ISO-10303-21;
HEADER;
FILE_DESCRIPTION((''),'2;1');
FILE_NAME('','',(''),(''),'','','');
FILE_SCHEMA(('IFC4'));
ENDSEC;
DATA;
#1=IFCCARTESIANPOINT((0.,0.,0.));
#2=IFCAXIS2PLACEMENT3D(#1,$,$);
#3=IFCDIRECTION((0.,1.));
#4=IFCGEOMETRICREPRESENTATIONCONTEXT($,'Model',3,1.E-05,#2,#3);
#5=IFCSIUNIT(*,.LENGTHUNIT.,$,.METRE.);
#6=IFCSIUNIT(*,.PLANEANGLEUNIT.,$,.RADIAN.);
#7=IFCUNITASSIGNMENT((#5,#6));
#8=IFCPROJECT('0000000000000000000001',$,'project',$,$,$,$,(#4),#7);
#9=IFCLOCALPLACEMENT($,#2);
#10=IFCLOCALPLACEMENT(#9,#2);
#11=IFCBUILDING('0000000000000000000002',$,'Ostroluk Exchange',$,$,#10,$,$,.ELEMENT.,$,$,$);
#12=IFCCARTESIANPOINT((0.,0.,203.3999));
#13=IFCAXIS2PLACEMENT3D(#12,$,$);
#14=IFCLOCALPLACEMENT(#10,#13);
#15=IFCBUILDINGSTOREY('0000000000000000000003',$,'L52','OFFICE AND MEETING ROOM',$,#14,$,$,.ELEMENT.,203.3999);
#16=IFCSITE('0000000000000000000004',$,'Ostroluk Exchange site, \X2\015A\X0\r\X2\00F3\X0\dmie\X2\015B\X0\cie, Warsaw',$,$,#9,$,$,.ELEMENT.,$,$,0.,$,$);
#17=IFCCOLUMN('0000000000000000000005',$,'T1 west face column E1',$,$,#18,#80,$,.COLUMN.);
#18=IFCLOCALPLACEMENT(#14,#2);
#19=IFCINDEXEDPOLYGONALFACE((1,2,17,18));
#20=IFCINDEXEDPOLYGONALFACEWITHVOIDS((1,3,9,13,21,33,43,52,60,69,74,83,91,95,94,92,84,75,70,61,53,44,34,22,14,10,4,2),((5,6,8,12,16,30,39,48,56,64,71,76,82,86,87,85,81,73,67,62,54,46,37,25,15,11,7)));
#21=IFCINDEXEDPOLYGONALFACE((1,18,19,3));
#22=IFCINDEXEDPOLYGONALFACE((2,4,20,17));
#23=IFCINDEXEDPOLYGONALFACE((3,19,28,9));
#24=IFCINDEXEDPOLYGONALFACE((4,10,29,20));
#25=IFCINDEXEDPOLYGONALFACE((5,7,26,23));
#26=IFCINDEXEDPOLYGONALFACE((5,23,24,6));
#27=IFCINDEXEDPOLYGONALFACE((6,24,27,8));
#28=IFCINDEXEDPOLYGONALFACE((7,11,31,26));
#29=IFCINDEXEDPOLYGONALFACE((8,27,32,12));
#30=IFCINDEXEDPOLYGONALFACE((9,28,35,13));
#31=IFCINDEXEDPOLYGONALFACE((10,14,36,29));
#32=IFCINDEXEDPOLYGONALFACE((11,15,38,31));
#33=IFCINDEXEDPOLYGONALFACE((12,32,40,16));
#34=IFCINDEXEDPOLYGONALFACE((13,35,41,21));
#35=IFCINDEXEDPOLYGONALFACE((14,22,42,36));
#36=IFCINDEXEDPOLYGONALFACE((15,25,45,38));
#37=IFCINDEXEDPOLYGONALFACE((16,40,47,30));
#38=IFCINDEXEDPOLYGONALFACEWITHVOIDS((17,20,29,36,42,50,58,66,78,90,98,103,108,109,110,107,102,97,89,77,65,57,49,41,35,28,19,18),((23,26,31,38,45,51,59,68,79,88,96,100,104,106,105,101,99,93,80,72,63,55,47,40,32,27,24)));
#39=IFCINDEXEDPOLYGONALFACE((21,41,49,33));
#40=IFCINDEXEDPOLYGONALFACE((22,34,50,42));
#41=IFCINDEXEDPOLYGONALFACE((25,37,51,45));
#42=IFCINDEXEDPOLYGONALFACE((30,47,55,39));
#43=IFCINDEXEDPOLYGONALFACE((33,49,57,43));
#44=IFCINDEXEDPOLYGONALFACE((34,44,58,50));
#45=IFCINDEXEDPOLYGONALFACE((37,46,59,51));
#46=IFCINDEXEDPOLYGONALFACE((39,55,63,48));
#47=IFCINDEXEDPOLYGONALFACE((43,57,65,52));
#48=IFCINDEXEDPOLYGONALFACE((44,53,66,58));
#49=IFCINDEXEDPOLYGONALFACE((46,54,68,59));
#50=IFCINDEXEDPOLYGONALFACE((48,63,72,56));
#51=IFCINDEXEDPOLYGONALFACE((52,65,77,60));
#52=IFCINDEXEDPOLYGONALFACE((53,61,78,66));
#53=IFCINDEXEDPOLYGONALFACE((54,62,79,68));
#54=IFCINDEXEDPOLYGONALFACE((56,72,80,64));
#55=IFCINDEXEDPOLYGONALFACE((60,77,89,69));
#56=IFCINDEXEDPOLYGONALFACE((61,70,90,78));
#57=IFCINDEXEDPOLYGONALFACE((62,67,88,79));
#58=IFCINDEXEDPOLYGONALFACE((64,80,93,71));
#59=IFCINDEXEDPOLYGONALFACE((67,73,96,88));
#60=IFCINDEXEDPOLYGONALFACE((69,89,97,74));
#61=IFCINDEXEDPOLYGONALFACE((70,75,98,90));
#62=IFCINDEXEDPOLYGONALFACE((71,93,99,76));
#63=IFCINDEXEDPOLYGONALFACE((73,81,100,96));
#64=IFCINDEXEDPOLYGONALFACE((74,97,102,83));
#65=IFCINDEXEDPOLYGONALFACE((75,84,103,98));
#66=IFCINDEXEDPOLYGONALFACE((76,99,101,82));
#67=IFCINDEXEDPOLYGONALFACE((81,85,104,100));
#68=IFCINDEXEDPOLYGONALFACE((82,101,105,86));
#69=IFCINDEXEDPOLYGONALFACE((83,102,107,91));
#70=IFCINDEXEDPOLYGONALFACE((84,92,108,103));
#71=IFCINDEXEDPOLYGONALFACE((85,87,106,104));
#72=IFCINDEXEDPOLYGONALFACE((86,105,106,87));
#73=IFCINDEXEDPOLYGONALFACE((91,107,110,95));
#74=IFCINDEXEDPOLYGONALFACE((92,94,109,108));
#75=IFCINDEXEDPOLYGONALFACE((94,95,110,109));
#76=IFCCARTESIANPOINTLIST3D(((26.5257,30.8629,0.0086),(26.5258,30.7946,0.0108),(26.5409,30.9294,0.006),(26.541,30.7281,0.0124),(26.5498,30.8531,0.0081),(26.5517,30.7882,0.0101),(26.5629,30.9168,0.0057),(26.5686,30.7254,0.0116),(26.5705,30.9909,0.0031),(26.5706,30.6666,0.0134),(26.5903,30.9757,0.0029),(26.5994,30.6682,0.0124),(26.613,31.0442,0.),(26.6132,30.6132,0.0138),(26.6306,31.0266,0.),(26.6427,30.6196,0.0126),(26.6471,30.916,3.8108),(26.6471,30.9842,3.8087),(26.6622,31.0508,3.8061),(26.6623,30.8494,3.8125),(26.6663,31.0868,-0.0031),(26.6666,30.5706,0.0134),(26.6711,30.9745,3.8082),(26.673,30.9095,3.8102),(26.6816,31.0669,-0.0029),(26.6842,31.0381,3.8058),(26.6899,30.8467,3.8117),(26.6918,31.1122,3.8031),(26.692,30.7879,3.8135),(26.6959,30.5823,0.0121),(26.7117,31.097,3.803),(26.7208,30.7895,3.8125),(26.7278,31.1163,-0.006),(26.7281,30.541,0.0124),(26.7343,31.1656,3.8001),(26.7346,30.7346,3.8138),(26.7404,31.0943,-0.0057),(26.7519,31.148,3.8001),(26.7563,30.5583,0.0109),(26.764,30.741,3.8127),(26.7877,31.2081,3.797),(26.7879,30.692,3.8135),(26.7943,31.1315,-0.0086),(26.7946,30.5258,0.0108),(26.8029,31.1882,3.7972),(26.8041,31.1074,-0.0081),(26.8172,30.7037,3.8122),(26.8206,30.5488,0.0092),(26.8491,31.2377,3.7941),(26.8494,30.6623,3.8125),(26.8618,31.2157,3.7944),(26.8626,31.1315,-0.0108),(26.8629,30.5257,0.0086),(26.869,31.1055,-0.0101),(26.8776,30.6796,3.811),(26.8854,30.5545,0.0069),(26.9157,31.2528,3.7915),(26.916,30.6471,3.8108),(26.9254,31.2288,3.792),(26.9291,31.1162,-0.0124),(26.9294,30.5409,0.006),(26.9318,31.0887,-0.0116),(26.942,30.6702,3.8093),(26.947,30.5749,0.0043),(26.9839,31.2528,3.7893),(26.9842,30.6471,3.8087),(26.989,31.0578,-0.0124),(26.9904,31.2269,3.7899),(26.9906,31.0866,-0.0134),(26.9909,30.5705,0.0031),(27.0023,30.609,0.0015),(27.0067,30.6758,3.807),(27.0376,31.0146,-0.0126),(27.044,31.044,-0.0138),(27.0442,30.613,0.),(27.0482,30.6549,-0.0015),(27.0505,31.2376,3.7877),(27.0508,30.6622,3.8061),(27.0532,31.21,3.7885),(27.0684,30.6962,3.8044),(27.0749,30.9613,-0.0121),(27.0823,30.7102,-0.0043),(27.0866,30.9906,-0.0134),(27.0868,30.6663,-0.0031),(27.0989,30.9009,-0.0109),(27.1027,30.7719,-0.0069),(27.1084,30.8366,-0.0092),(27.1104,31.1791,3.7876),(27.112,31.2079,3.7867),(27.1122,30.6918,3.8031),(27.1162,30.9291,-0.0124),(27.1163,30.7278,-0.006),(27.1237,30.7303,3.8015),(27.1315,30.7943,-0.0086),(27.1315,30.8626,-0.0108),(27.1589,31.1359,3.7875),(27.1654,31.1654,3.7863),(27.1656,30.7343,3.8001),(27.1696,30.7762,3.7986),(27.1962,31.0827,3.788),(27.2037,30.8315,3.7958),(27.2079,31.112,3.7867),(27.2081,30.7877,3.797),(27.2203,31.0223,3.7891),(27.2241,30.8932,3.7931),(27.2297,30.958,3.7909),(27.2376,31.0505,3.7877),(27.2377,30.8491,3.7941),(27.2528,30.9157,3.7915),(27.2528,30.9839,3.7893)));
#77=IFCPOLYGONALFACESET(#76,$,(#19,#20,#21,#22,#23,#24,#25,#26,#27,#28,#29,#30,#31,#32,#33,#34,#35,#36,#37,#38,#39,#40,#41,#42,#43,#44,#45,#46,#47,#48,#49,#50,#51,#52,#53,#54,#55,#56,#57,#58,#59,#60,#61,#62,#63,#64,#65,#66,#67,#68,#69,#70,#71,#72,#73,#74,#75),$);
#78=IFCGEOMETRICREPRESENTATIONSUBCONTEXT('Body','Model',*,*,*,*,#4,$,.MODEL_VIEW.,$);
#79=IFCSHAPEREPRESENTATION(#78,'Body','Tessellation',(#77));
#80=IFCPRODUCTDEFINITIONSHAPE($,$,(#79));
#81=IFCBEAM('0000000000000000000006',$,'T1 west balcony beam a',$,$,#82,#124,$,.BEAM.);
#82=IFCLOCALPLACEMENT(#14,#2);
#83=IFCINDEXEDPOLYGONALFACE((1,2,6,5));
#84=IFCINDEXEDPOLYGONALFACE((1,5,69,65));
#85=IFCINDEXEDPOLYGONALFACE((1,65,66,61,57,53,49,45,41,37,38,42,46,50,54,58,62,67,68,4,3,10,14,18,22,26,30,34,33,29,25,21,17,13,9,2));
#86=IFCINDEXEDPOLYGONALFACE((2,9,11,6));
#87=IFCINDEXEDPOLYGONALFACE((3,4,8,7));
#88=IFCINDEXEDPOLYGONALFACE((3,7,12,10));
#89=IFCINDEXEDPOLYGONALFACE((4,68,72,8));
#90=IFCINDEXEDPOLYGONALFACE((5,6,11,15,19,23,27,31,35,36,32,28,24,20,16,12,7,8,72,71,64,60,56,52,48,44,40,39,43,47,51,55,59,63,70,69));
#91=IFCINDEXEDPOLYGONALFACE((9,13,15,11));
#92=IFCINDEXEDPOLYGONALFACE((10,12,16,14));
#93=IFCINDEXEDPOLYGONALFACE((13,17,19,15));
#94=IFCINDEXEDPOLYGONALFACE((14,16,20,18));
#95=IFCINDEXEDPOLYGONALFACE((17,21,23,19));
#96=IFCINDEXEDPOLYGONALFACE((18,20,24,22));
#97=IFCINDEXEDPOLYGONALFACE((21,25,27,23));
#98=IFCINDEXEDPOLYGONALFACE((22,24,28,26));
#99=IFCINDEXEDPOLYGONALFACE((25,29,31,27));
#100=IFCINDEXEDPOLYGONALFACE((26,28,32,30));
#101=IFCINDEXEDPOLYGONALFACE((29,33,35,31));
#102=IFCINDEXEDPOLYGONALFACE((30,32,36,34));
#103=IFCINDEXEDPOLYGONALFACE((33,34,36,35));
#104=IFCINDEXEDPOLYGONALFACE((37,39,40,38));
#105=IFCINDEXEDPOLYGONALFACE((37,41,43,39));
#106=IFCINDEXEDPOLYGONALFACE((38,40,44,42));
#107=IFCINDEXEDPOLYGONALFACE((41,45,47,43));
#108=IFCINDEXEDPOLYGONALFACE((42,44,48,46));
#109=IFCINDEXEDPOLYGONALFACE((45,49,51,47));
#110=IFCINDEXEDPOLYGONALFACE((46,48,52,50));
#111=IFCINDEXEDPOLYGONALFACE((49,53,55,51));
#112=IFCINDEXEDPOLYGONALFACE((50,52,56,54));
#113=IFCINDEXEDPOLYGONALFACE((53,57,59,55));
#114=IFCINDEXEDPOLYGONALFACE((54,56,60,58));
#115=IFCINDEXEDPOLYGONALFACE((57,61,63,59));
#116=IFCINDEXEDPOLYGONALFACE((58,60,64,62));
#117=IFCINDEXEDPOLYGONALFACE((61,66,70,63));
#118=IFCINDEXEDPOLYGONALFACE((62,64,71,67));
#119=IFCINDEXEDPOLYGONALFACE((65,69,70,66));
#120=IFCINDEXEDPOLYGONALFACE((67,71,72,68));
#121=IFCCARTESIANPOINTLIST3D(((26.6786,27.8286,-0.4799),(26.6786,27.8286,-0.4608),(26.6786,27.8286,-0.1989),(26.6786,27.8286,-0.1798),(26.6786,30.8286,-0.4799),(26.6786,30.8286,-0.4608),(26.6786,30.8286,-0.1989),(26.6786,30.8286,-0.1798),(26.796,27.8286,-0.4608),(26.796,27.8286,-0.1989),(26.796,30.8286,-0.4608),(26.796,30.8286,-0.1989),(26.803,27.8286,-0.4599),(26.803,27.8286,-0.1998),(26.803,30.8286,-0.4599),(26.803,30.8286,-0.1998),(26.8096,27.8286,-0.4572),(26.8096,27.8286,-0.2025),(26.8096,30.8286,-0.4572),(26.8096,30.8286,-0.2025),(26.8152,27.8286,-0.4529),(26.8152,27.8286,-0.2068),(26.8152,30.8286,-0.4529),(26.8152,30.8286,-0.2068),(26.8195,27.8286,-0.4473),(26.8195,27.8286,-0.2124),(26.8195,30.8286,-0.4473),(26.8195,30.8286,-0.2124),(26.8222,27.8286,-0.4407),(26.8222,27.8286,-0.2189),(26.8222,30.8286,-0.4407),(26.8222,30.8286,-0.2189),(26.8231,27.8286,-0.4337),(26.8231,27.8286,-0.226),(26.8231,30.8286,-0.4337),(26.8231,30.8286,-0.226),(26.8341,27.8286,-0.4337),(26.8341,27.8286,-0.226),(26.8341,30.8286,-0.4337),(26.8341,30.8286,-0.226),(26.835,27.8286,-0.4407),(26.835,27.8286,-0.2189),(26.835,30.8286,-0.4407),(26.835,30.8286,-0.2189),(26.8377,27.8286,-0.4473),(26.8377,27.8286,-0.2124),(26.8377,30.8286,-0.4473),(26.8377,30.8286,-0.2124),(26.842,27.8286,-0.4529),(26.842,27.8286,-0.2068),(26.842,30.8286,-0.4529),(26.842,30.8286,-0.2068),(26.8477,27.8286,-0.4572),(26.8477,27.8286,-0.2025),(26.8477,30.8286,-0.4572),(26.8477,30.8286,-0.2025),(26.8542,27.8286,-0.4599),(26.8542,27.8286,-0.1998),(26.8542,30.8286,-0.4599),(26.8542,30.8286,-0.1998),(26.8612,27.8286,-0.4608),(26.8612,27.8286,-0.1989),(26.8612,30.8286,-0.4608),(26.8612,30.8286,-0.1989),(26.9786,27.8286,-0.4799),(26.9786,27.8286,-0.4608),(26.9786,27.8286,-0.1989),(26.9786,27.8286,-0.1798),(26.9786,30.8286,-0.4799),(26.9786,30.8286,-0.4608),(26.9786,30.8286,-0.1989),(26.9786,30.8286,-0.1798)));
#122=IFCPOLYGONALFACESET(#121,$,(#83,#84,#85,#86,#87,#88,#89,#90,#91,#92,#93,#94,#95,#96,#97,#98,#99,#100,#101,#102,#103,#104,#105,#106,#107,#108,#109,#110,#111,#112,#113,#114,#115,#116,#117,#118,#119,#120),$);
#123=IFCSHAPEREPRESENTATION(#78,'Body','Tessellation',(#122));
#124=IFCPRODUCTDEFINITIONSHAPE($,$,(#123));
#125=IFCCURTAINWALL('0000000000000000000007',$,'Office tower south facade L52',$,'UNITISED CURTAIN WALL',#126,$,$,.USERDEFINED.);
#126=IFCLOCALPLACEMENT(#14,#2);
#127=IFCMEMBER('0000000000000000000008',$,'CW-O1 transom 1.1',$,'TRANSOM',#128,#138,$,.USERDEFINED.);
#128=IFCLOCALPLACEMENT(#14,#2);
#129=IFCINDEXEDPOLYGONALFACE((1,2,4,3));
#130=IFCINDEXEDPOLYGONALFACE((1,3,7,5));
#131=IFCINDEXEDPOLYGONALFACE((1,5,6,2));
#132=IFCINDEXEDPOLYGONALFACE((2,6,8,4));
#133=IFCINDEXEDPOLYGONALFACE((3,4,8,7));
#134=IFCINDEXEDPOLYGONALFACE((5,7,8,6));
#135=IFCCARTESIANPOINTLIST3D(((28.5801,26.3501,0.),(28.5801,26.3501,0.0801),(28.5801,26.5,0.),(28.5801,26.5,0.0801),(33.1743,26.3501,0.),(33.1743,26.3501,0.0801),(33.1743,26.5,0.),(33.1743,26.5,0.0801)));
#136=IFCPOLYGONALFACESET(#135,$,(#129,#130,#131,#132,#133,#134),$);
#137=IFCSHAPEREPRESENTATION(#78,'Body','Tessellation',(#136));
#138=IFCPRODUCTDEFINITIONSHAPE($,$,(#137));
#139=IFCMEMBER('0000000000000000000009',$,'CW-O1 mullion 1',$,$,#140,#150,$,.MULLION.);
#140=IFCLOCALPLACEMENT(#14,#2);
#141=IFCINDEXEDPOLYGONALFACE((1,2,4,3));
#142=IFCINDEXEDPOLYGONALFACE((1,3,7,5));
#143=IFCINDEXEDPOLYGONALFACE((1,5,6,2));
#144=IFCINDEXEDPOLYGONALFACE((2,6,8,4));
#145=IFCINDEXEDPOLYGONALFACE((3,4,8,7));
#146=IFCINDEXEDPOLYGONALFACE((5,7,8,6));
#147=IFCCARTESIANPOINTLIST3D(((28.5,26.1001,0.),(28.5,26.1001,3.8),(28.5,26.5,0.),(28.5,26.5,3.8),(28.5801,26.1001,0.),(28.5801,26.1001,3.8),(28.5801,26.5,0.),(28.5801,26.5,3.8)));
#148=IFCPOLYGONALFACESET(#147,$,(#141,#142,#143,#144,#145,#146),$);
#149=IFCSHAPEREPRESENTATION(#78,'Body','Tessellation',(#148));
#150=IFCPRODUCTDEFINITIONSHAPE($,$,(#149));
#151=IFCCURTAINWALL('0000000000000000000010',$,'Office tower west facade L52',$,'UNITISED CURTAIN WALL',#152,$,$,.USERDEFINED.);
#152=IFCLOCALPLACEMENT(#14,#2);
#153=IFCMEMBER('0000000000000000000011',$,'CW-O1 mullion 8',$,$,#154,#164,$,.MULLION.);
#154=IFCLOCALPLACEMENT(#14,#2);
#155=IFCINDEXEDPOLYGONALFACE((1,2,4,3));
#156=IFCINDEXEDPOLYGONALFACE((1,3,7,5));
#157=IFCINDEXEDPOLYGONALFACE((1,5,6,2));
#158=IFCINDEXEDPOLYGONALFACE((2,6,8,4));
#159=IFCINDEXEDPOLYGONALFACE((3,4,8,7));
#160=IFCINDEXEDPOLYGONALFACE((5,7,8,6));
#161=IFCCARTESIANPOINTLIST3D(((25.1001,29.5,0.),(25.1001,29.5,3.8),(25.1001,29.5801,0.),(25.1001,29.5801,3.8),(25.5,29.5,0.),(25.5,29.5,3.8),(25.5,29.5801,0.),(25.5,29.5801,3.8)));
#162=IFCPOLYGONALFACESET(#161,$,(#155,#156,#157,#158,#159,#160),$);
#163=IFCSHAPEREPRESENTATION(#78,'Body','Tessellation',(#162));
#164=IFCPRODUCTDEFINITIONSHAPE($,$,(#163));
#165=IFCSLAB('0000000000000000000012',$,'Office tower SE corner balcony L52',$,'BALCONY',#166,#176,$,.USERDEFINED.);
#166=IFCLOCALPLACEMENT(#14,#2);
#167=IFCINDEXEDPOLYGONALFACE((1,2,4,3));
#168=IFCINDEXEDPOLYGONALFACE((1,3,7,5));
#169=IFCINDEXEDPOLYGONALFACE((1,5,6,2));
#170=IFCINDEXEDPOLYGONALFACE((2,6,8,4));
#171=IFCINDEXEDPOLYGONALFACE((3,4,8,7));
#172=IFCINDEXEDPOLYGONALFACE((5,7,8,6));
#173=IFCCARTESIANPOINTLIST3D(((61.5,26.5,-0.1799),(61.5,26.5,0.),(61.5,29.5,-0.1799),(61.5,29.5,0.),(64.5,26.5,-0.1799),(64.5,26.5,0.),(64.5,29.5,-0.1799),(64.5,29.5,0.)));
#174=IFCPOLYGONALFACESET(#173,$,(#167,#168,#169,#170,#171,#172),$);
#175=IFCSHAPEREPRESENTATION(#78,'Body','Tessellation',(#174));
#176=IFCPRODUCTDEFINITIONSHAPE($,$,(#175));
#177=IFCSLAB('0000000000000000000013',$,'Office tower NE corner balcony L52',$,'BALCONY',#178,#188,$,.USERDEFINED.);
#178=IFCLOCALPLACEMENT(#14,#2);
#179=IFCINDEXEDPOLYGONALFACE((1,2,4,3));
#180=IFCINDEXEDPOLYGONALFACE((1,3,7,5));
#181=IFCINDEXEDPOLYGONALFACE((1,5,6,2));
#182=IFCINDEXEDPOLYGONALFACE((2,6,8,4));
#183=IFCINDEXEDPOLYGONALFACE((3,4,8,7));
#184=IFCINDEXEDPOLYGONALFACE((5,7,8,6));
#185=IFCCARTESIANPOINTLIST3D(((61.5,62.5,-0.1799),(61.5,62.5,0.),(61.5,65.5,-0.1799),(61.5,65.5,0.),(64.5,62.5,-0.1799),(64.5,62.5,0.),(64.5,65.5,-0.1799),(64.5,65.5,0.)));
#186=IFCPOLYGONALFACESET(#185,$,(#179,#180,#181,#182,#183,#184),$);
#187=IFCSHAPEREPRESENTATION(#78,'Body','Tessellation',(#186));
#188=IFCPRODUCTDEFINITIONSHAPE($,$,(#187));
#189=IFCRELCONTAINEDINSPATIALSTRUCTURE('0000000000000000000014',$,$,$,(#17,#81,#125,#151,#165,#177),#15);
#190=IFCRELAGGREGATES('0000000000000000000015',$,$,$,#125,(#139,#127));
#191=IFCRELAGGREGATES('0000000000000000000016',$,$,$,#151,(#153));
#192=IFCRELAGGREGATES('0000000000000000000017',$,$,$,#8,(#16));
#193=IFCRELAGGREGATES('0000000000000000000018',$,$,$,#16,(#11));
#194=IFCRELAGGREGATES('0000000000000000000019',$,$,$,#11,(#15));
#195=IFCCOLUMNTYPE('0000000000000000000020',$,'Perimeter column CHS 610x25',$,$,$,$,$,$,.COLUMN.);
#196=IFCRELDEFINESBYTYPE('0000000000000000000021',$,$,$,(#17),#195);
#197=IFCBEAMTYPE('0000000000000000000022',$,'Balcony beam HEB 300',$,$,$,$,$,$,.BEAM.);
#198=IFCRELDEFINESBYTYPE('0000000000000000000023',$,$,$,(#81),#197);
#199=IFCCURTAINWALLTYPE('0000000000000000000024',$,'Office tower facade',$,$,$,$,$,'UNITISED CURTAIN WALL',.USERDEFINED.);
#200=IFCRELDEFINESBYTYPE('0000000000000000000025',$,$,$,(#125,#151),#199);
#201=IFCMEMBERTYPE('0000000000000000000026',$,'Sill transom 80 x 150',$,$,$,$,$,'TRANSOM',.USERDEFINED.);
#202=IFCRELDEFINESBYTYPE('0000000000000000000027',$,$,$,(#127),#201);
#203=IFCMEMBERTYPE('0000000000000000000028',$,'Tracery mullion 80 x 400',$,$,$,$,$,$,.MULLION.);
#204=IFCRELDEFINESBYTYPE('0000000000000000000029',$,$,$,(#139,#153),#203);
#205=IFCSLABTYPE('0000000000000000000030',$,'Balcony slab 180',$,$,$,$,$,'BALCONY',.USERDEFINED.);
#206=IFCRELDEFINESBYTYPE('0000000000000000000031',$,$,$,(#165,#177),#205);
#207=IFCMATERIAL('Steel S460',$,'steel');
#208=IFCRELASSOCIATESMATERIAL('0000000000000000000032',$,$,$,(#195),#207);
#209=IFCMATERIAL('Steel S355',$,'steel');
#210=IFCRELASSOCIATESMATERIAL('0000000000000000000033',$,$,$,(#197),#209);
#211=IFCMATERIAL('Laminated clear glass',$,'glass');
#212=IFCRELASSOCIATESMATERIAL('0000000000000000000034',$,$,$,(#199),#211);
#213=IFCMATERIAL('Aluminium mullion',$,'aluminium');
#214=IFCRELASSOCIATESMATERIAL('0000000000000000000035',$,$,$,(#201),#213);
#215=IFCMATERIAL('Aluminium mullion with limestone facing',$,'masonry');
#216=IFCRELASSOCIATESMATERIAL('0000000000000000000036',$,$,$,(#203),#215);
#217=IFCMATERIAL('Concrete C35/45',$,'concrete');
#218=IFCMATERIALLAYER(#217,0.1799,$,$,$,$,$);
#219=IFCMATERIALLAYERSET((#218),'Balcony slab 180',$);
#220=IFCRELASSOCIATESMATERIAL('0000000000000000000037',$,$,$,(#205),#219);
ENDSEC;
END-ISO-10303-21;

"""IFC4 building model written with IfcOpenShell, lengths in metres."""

from ifc_helpers import new_model, si_unit, direction, frame, origin, origin_2d, place, context, subcontext, project, spatial, polyline, rectangle, hollow_circle, i_section, outline, extrude, material, layer, layer_set, material_profile, profile_set, type_object, element, aggregate, save


model = new_model("IFC4")

# Units and contexts
model_context = context("Model", 3, precision=1e-05, world=origin(), true_north=direction((0.0, 1.0)))
body_context = subcontext(model_context, "Body", "Model", "MODEL_VIEW")
ifc_project = project(units=[si_unit("LENGTHUNIT", "METRE"), si_unit("PLANEANGLEUNIT", "RADIAN")], contexts=[model_context])

# Site, building, storey
site_placement = place(None, origin())
site = spatial("IfcSite", under=ifc_project, at=site_placement, Name="Ostroluk Exchange site, Śródmieście, Warsaw", CompositionType="ELEMENT", RefElevation=0.0)
building_placement = place(site_placement, origin())
building = spatial("IfcBuilding", under=site, at=building_placement, Name="Ostroluk Exchange", CompositionType="ELEMENT")
storey_placement = place(building_placement, frame((0.0, 0.0, 203.3999)))
storey = spatial("IfcBuildingStorey", under=building, at=storey_placement, Name="L52", Description="OFFICE AND MEETING ROOM", CompositionType="ELEMENT", Elevation=203.3999)

# Column
ifc_material_1 = material(Name="Steel S460", Category="steel")
ifc_material_profile_1 = material_profile(ifc_material_1, hollow_circle(Radius=0.3049, WallThickness=0.0249, at=origin_2d()), Name="CHS 610x25")
ifc_profile_set_1 = profile_set([ifc_material_profile_1], Name="Steel S460")
column_type = type_object("IfcColumnType", Name="Perimeter column CHS 610x25", PredefinedType="COLUMN", material=ifc_profile_set_1)
column_placement = place(storey_placement, frame((26.8286, 30.8286, 0.0), z_axis=(0.031898, 0.031898, 0.998982), x_axis=(-0.707107, 0.707107, 0.0)))
element("IfcColumn", 1, at=column_placement, inside=storey, type_object=column_type, Name="T1 west face column E1", PredefinedType="COLUMN", context=body_context, shape_type="SweptSolid", body=[
    extrude(hollow_circle(Radius=0.3049, WallThickness=0.0249, at=origin_2d()), origin(), (0.0, 0.0, 1.0), 3.804),
])

# Beam
ifc_material_2 = material(Name="Steel S355", Category="steel")
ifc_material_profile_2 = material_profile(ifc_material_2, i_section(OverallWidth=0.3, OverallDepth=0.3, WebThickness=0.011, FlangeThickness=0.019, FilletRadius=0.0271, at=origin_2d()), Name="HEB 300")
ifc_profile_set_2 = profile_set([ifc_material_profile_2], Name="Steel S355")
beam_type = type_object("IfcBeamType", Name="Balcony beam HEB 300", PredefinedType="BEAM", material=ifc_profile_set_2)
beam_placement = place(storey_placement, frame((26.8286, 30.8286, -0.3298), z_axis=(0.0, -1.0, 0.0), x_axis=(1.0, 0.0, 0.0)))
element("IfcBeam", 2, at=beam_placement, inside=storey, type_object=beam_type, Name="T1 west balcony beam a", PredefinedType="BEAM", context=body_context, shape_type="SweptSolid", body=[
    extrude(i_section(OverallWidth=0.3, OverallDepth=0.3, WebThickness=0.011, FlangeThickness=0.019, FilletRadius=0.0271, at=origin_2d()), origin(), (0.0, 0.0, 1.0), 3.0),
])

# Curtain wall, members
ifc_material_3 = material(Name="Laminated clear glass", Category="glass")
curtain_wall_type = type_object("IfcCurtainWallType", Name="Office tower facade", ElementType="UNITISED CURTAIN WALL", PredefinedType="USERDEFINED", material=ifc_material_3)
curtain_wall_1_placement = place(storey_placement, origin())
curtain_wall_1 = element("IfcCurtainWall", 3, at=curtain_wall_1_placement, inside=storey, type_object=curtain_wall_type, Name="Office tower south facade L52", ObjectType="UNITISED CURTAIN WALL", PredefinedType="USERDEFINED")
ifc_material_4 = material(Name="Aluminium mullion", Category="aluminium")
ifc_material_profile_3 = material_profile(ifc_material_4, rectangle(XDim=0.1499, YDim=0.0801, at=origin_2d()), Name="Sill transom 80 x 150")
ifc_profile_set_3 = profile_set([ifc_material_profile_3], Name="Aluminium mullion")
member_type_1 = type_object("IfcMemberType", Name="Sill transom 80 x 150", ElementType="TRANSOM", PredefinedType="USERDEFINED", material=ifc_profile_set_3)
member_1_placement = place(storey_placement, frame((28.5801, 26.425, 0.04), z_axis=(1.0, 0.0, 0.0), x_axis=(0.0, 1.0, 0.0)))
member_1 = element("IfcMember", 4, at=member_1_placement, type_object=member_type_1, Name="CW-O1 transom 1.1", ObjectType="TRANSOM", PredefinedType="USERDEFINED", context=body_context, shape_type="SweptSolid", body=[
    extrude(rectangle(XDim=0.1499, YDim=0.0801, at=origin_2d()), origin(), (0.0, 0.0, 1.0), 4.5942),
])
ifc_material_5 = material(Name="Aluminium mullion with limestone facing", Category="masonry")
ifc_material_profile_4 = material_profile(ifc_material_5, rectangle(XDim=0.3999, YDim=0.0801, at=origin_2d()), Name="Tracery mullion 80 x 400")
ifc_profile_set_4 = profile_set([ifc_material_profile_4], Name="Aluminium mullion with limestone facing")
member_type_2 = type_object("IfcMemberType", Name="Tracery mullion 80 x 400", PredefinedType="MULLION", material=ifc_profile_set_4)
member_2_placement = place(storey_placement, frame((28.54, 26.3, 0.0), z_axis=(0.0, 0.0, 1.0), x_axis=(0.0, 1.0, 0.0)))
member_2 = element("IfcMember", 5, at=member_2_placement, type_object=member_type_2, Name="CW-O1 mullion 1", PredefinedType="MULLION", context=body_context, shape_type="SweptSolid", body=[
    extrude(rectangle(XDim=0.3999, YDim=0.0801, at=origin_2d()), origin(), (0.0, 0.0, 1.0), 3.8),
])
aggregate(curtain_wall_1, [member_2, member_1])

# Curtain wall, member
curtain_wall_2_placement = place(storey_placement, origin())
curtain_wall_2 = element("IfcCurtainWall", 6, at=curtain_wall_2_placement, inside=storey, type_object=curtain_wall_type, Name="Office tower west facade L52", ObjectType="UNITISED CURTAIN WALL", PredefinedType="USERDEFINED")
member_3_placement = place(storey_placement, frame((25.3, 29.54, 0.0), z_axis=(0.0, 0.0, 1.0), x_axis=(1.0, 0.0, 0.0)))
member_3 = element("IfcMember", 7, at=member_3_placement, type_object=member_type_2, Name="CW-O1 mullion 8", PredefinedType="MULLION", context=body_context, shape_type="SweptSolid", body=[
    extrude(rectangle(XDim=0.3999, YDim=0.0801, at=origin_2d()), origin(), (0.0, 0.0, 1.0), 3.8),
])

# Slabs
ifc_material_6 = material(Name="Concrete C35/45", Category="concrete")
ifc_layer_1 = layer(ifc_material_6, 0.1799)
ifc_layer_set_1 = layer_set([ifc_layer_1], Name="Balcony slab 180")
slab_type_1 = type_object("IfcSlabType", Name="Balcony slab 180", ElementType="BALCONY", PredefinedType="USERDEFINED", material=ifc_layer_set_1)
slab_1_placement = place(storey_placement, frame((0.0, 0.0, -0.1799)))
element("IfcSlab", 8, at=slab_1_placement, inside=storey, type_object=slab_type_1, Name="Office tower SE corner balcony L52", ObjectType="BALCONY", PredefinedType="USERDEFINED", context=body_context, shape_type="SweptSolid", body=[
    extrude(outline(polyline([(61.5, 26.5), (64.5, 26.5), (64.5, 29.5), (61.5, 29.5), (61.5, 26.5)])), origin(), (0.0, 0.0, 1.0), 0.1799),
])
slab_2_placement = place(storey_placement, frame((0.0, 0.0, -0.1799)))
element("IfcSlab", 9, at=slab_2_placement, inside=storey, type_object=slab_type_1, Name="Office tower NE corner balcony L52", ObjectType="BALCONY", PredefinedType="USERDEFINED", context=body_context, shape_type="SweptSolid", body=[
    extrude(outline(polyline([(61.5, 62.5), (64.5, 62.5), (64.5, 65.5), (61.5, 65.5), (61.5, 62.5)])), origin(), (0.0, 0.0, 1.0), 0.1799),
])

aggregate(curtain_wall_2, [member_3])

save(model, "model.ifc")
